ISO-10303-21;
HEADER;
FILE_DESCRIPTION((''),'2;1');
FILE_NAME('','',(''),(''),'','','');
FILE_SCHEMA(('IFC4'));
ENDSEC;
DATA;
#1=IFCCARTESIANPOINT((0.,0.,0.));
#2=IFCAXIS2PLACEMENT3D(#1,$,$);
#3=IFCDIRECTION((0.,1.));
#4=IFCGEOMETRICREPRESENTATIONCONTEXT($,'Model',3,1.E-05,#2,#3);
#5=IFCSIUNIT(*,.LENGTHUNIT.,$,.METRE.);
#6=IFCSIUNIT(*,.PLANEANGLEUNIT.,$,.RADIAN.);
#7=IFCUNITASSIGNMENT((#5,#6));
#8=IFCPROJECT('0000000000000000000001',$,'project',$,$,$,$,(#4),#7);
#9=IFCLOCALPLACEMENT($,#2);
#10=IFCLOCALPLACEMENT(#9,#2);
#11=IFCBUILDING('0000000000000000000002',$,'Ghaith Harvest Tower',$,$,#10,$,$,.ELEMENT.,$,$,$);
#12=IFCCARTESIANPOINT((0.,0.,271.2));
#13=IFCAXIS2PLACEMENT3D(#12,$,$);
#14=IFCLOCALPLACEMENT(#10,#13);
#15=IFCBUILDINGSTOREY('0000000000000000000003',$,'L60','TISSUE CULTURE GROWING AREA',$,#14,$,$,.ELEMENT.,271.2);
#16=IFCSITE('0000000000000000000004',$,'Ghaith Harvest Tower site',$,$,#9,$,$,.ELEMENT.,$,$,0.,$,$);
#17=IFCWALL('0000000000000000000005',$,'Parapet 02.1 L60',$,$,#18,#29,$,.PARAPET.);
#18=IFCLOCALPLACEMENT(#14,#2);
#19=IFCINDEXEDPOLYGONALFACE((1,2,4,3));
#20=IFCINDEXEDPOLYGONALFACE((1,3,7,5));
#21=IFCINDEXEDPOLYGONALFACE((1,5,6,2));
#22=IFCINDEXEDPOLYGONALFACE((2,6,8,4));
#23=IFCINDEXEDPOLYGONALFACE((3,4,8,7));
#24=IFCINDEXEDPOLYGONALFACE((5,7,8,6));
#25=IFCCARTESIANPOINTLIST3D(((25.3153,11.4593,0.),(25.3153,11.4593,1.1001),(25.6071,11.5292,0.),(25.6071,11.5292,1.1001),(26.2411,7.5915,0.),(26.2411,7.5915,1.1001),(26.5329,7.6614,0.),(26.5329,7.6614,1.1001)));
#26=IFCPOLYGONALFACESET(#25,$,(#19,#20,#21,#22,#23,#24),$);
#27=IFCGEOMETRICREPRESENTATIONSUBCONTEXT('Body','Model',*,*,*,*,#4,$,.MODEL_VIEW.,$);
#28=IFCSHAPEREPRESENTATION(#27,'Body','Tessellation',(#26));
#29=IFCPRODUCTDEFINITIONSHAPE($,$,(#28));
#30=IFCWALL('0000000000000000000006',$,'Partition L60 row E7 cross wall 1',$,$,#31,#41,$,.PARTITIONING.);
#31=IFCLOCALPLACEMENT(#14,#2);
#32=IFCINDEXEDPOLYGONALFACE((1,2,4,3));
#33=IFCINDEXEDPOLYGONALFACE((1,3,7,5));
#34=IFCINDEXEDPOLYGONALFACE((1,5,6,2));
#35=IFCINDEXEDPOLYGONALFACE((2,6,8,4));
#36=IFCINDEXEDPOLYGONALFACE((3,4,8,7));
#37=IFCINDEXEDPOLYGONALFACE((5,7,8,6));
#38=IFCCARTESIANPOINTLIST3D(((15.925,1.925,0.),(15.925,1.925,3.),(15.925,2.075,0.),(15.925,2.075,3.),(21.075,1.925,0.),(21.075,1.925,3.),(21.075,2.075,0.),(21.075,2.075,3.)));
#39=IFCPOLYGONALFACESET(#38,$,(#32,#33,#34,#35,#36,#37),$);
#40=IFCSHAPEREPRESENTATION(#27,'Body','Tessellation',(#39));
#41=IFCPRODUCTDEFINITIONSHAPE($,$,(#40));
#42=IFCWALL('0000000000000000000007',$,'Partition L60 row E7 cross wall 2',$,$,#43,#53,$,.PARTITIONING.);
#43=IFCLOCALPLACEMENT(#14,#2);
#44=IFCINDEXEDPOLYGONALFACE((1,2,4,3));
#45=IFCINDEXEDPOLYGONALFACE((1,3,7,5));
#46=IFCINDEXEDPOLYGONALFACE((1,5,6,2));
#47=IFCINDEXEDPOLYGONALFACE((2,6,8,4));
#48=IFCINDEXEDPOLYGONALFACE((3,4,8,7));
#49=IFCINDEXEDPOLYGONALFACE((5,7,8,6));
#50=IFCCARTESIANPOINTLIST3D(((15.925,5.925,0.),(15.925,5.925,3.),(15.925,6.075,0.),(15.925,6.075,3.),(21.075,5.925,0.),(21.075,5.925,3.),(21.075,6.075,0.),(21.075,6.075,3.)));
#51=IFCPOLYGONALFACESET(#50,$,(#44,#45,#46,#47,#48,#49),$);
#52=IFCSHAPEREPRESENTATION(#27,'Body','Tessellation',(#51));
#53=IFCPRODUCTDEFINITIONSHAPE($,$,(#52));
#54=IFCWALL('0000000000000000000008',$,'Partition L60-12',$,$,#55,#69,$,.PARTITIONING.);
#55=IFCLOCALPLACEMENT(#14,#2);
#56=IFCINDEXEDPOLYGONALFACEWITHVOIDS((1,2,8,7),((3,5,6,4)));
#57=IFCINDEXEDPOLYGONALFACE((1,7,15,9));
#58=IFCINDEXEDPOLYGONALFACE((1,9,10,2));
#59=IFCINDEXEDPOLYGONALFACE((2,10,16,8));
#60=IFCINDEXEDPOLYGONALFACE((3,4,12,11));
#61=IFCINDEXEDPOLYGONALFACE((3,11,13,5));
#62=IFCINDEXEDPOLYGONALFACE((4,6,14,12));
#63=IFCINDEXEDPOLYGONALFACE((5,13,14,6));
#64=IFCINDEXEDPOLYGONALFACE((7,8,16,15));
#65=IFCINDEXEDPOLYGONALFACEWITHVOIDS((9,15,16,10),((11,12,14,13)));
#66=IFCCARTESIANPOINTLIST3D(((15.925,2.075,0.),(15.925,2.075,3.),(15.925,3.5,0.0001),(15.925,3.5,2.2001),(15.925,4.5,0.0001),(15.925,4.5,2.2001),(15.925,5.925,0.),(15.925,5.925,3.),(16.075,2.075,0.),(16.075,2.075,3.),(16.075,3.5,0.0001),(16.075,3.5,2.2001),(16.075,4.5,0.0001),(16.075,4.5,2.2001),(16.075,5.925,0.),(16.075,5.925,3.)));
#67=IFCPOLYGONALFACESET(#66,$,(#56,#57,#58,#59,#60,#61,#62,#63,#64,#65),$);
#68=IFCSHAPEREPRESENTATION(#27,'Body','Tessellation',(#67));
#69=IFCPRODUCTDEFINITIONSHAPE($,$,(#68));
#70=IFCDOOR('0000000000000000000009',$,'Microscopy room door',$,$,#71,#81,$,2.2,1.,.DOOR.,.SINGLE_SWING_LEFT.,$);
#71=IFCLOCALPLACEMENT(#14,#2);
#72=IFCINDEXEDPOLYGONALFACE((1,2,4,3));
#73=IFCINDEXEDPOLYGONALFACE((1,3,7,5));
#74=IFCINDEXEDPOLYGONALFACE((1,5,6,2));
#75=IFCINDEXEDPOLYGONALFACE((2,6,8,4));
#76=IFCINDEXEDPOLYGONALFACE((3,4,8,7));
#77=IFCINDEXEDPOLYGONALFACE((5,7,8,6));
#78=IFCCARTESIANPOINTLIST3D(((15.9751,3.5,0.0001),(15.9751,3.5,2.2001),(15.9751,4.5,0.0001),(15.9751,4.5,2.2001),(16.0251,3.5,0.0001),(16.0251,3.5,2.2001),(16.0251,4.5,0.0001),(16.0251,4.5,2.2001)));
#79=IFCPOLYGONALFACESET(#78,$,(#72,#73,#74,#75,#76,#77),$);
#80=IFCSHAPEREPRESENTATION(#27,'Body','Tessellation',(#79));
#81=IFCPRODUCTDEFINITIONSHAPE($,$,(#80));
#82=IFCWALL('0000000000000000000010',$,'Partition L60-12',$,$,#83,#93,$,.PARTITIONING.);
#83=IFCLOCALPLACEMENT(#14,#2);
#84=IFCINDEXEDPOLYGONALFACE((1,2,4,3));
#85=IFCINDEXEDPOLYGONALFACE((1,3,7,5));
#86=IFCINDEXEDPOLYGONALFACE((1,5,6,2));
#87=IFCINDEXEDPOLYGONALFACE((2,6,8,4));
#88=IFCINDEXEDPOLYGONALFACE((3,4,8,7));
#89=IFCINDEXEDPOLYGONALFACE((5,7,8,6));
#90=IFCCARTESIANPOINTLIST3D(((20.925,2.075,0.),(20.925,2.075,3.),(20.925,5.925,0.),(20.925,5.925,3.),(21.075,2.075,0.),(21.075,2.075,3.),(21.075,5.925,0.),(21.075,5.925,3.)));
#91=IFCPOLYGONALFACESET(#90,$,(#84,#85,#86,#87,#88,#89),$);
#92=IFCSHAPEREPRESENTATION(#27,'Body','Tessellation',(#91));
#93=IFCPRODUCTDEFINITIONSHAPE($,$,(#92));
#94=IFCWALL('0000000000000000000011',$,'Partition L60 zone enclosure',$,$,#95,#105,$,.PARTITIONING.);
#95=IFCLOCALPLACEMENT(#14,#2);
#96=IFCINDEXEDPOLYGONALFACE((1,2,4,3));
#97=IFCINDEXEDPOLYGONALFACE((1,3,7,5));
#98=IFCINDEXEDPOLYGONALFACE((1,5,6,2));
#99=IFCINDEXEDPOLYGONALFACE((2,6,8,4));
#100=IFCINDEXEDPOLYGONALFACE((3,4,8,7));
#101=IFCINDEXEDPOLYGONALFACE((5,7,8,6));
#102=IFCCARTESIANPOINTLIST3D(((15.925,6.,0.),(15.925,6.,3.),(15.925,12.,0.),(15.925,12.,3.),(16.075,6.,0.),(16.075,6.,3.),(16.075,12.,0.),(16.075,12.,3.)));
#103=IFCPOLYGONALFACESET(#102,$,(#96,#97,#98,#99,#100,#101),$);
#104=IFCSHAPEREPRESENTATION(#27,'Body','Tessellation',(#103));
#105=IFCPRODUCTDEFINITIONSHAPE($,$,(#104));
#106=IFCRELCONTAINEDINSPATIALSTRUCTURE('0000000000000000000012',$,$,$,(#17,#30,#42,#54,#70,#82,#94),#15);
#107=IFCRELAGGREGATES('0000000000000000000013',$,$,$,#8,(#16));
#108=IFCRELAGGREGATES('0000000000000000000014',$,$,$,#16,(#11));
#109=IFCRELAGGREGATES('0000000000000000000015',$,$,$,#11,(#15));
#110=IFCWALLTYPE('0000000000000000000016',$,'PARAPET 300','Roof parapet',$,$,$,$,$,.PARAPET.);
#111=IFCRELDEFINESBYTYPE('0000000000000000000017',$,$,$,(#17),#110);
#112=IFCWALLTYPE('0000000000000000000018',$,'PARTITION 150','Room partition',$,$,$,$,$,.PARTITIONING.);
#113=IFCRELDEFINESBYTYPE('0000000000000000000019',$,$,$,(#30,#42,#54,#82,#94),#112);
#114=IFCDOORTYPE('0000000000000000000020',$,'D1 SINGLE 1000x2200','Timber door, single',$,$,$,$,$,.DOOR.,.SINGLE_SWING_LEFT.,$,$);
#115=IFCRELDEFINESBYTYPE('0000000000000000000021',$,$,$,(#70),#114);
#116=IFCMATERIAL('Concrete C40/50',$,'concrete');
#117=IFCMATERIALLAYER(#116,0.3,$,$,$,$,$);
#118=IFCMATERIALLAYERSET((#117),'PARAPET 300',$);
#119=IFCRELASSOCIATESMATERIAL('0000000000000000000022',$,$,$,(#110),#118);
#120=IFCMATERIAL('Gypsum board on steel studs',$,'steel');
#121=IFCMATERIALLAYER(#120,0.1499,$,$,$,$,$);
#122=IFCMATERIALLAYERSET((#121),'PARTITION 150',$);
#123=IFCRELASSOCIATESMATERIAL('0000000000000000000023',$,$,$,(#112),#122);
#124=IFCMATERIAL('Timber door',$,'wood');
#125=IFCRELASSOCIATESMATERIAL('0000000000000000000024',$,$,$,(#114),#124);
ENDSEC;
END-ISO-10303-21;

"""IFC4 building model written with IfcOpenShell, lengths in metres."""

from ifc_helpers import new_model, si_unit, direction, frame, frame_2d, origin, place, context, subcontext, project, spatial, rectangle, extrude, material, layer, layer_set, type_object, element, fill, save


model = new_model("IFC4")

# Units and contexts
model_context = context("Model", 3, precision=1e-05, world=origin(), true_north=direction((0.0, 1.0)))
body_context = subcontext(model_context, "Body", "Model", "MODEL_VIEW")
ifc_project = project(units=[si_unit("LENGTHUNIT", "METRE"), si_unit("PLANEANGLEUNIT", "RADIAN")], contexts=[model_context])

# Site, building, storey
site_placement = place(None, origin())
site = spatial("IfcSite", under=ifc_project, at=site_placement, Name="Ghaith Harvest Tower site", CompositionType="ELEMENT", RefElevation=0.0)
building_placement = place(site_placement, origin())
building = spatial("IfcBuilding", under=site, at=building_placement, Name="Ghaith Harvest Tower", CompositionType="ELEMENT")
storey_placement = place(building_placement, frame((0.0, 0.0, 271.2)))
storey = spatial("IfcBuildingStorey", under=building, at=storey_placement, Name="L60", Description="TISSUE CULTURE GROWING AREA", CompositionType="ELEMENT", Elevation=271.2)

# Walls
ifc_material_1 = material(Name="Concrete C40/50", Category="concrete")
ifc_layer_1 = layer(ifc_material_1, 0.3)
ifc_layer_set_1 = layer_set([ifc_layer_1], Name="PARAPET 300")
wall_type_1 = type_object("IfcWallType", Name="PARAPET 300", Description="Roof parapet", PredefinedType="PARAPET", material=ifc_layer_set_1)
wall_1_placement = place(storey_placement, frame((26.387, 7.6265, 0.0), z_axis=(0.0, 0.0, 1.0), x_axis=(-0.232774, 0.972531, 0.0)))
element("IfcWall", 1, at=wall_1_placement, inside=storey, type_object=wall_type_1, Name="Parapet 02.1 L60", PredefinedType="PARAPET", context=body_context, shape_type="SweptSolid", body=[
    extrude(rectangle(XDim=3.9771, YDim=0.3, at=frame_2d((1.9885, 0.0))), origin(), (0.0, 0.0, 1.0), 1.1001),
])
ifc_material_2 = material(Name="Gypsum board on steel studs", Category="steel")
ifc_layer_2 = layer(ifc_material_2, 0.1499)
ifc_layer_set_2 = layer_set([ifc_layer_2], Name="PARTITION 150")
wall_type_2 = type_object("IfcWallType", Name="PARTITION 150", Description="Room partition", PredefinedType="PARTITIONING", material=ifc_layer_set_2)
for number, where, z_axis, x_axis, name in (
    (2, (15.925, 2.0, 0.0), (0.0, 0.0, 1.0), (1.0, 0.0, 0.0), "Partition L60 row E7 cross wall 1"),
    (3, (15.925, 6.0, 0.0), (0.0, 0.0, 1.0), (1.0, 0.0, 0.0), "Partition L60 row E7 cross wall 2"),
):
    element("IfcWall", number, at=place(storey_placement, frame(where, z_axis=z_axis, x_axis=x_axis)), inside=storey, type_object=wall_type_2, Name=name, PredefinedType="PARTITIONING", context=body_context, shape_type="SweptSolid", body=[
        extrude(rectangle(XDim=5.1499, YDim=0.1499, at=frame_2d((2.575, 0.0))), origin(), (0.0, 0.0, 1.0), 3.0),
    ])

# Wall, opening, door
wall_2_placement = place(storey_placement, frame((16.0, 2.075, 0.0), z_axis=(0.0, 0.0, 1.0), x_axis=(0.0, 1.0, 0.0)))
wall_2 = element("IfcWall", 4, at=wall_2_placement, inside=storey, type_object=wall_type_2, Name="Partition L60-12", PredefinedType="PARTITIONING", context=body_context, shape_type="SweptSolid", body=[
    extrude(rectangle(XDim=3.8501, YDim=0.1499, at=frame_2d((1.925, 0.0))), origin(), (0.0, 0.0, 1.0), 3.0),
])
opening_placement = place(wall_2_placement, frame((1.425, 0.0, 0.0)))
opening = element("IfcOpeningElement", 5, at=opening_placement, cuts=wall_2, PredefinedType="OPENING", context=body_context, shape_type="SweptSolid", body=[
    extrude(rectangle(XDim=1.0, YDim=2.2, at=frame_2d((0.5, 1.1001))), frame((0.0, 0.085, 0.0), z_axis=(0.0, -1.0, 0.0), x_axis=(1.0, 0.0, 0.0)), (0.0, 0.0, 1.0), 0.1699),
])
ifc_material_3 = material(Name="Timber door", Category="wood")
door_type = type_object("IfcDoorType", Name="D1 SINGLE 1000x2200", Description="Timber door, single", OperationType="SINGLE_SWING_LEFT", PredefinedType="DOOR", material=ifc_material_3)
door_placement = place(opening_placement, origin())
door = element("IfcDoor", 6, at=door_placement, inside=storey, type_object=door_type, Name="Microscopy room door", OperationType="SINGLE_SWING_LEFT", OverallHeight=2.2, OverallWidth=1.0, PredefinedType="DOOR", context=body_context, shape_type="SweptSolid", body=[
    extrude(rectangle(XDim=1.0, YDim=2.2, at=frame_2d((0.5, 1.1001))), frame((0.0, 0.0249, 0.0), z_axis=(0.0, -1.0, 0.0), x_axis=(1.0, 0.0, 0.0)), (0.0, 0.0, 1.0), 0.05),
])
fill(opening, door)

# Walls
wall_3_placement = place(storey_placement, frame((21.0, 2.075, 0.0), z_axis=(0.0, 0.0, 1.0), x_axis=(0.0, 1.0, 0.0)))
element("IfcWall", 7, at=wall_3_placement, inside=storey, type_object=wall_type_2, Name="Partition L60-12", PredefinedType="PARTITIONING", context=body_context, shape_type="SweptSolid", body=[
    extrude(rectangle(XDim=3.8501, YDim=0.1499, at=frame_2d((1.925, 0.0))), origin(), (0.0, 0.0, 1.0), 3.0),
])
wall_4_placement = place(storey_placement, frame((16.0, 6.0, 0.0), z_axis=(0.0, 0.0, 1.0), x_axis=(0.0, 1.0, 0.0)))
element("IfcWall", 8, at=wall_4_placement, inside=storey, type_object=wall_type_2, Name="Partition L60 zone enclosure", PredefinedType="PARTITIONING", context=body_context, shape_type="SweptSolid", body=[
    extrude(rectangle(XDim=6.0, YDim=0.1499, at=frame_2d((3.0, 0.0))), origin(), (0.0, 0.0, 1.0), 3.0),
])

save(model, "model.ifc")
